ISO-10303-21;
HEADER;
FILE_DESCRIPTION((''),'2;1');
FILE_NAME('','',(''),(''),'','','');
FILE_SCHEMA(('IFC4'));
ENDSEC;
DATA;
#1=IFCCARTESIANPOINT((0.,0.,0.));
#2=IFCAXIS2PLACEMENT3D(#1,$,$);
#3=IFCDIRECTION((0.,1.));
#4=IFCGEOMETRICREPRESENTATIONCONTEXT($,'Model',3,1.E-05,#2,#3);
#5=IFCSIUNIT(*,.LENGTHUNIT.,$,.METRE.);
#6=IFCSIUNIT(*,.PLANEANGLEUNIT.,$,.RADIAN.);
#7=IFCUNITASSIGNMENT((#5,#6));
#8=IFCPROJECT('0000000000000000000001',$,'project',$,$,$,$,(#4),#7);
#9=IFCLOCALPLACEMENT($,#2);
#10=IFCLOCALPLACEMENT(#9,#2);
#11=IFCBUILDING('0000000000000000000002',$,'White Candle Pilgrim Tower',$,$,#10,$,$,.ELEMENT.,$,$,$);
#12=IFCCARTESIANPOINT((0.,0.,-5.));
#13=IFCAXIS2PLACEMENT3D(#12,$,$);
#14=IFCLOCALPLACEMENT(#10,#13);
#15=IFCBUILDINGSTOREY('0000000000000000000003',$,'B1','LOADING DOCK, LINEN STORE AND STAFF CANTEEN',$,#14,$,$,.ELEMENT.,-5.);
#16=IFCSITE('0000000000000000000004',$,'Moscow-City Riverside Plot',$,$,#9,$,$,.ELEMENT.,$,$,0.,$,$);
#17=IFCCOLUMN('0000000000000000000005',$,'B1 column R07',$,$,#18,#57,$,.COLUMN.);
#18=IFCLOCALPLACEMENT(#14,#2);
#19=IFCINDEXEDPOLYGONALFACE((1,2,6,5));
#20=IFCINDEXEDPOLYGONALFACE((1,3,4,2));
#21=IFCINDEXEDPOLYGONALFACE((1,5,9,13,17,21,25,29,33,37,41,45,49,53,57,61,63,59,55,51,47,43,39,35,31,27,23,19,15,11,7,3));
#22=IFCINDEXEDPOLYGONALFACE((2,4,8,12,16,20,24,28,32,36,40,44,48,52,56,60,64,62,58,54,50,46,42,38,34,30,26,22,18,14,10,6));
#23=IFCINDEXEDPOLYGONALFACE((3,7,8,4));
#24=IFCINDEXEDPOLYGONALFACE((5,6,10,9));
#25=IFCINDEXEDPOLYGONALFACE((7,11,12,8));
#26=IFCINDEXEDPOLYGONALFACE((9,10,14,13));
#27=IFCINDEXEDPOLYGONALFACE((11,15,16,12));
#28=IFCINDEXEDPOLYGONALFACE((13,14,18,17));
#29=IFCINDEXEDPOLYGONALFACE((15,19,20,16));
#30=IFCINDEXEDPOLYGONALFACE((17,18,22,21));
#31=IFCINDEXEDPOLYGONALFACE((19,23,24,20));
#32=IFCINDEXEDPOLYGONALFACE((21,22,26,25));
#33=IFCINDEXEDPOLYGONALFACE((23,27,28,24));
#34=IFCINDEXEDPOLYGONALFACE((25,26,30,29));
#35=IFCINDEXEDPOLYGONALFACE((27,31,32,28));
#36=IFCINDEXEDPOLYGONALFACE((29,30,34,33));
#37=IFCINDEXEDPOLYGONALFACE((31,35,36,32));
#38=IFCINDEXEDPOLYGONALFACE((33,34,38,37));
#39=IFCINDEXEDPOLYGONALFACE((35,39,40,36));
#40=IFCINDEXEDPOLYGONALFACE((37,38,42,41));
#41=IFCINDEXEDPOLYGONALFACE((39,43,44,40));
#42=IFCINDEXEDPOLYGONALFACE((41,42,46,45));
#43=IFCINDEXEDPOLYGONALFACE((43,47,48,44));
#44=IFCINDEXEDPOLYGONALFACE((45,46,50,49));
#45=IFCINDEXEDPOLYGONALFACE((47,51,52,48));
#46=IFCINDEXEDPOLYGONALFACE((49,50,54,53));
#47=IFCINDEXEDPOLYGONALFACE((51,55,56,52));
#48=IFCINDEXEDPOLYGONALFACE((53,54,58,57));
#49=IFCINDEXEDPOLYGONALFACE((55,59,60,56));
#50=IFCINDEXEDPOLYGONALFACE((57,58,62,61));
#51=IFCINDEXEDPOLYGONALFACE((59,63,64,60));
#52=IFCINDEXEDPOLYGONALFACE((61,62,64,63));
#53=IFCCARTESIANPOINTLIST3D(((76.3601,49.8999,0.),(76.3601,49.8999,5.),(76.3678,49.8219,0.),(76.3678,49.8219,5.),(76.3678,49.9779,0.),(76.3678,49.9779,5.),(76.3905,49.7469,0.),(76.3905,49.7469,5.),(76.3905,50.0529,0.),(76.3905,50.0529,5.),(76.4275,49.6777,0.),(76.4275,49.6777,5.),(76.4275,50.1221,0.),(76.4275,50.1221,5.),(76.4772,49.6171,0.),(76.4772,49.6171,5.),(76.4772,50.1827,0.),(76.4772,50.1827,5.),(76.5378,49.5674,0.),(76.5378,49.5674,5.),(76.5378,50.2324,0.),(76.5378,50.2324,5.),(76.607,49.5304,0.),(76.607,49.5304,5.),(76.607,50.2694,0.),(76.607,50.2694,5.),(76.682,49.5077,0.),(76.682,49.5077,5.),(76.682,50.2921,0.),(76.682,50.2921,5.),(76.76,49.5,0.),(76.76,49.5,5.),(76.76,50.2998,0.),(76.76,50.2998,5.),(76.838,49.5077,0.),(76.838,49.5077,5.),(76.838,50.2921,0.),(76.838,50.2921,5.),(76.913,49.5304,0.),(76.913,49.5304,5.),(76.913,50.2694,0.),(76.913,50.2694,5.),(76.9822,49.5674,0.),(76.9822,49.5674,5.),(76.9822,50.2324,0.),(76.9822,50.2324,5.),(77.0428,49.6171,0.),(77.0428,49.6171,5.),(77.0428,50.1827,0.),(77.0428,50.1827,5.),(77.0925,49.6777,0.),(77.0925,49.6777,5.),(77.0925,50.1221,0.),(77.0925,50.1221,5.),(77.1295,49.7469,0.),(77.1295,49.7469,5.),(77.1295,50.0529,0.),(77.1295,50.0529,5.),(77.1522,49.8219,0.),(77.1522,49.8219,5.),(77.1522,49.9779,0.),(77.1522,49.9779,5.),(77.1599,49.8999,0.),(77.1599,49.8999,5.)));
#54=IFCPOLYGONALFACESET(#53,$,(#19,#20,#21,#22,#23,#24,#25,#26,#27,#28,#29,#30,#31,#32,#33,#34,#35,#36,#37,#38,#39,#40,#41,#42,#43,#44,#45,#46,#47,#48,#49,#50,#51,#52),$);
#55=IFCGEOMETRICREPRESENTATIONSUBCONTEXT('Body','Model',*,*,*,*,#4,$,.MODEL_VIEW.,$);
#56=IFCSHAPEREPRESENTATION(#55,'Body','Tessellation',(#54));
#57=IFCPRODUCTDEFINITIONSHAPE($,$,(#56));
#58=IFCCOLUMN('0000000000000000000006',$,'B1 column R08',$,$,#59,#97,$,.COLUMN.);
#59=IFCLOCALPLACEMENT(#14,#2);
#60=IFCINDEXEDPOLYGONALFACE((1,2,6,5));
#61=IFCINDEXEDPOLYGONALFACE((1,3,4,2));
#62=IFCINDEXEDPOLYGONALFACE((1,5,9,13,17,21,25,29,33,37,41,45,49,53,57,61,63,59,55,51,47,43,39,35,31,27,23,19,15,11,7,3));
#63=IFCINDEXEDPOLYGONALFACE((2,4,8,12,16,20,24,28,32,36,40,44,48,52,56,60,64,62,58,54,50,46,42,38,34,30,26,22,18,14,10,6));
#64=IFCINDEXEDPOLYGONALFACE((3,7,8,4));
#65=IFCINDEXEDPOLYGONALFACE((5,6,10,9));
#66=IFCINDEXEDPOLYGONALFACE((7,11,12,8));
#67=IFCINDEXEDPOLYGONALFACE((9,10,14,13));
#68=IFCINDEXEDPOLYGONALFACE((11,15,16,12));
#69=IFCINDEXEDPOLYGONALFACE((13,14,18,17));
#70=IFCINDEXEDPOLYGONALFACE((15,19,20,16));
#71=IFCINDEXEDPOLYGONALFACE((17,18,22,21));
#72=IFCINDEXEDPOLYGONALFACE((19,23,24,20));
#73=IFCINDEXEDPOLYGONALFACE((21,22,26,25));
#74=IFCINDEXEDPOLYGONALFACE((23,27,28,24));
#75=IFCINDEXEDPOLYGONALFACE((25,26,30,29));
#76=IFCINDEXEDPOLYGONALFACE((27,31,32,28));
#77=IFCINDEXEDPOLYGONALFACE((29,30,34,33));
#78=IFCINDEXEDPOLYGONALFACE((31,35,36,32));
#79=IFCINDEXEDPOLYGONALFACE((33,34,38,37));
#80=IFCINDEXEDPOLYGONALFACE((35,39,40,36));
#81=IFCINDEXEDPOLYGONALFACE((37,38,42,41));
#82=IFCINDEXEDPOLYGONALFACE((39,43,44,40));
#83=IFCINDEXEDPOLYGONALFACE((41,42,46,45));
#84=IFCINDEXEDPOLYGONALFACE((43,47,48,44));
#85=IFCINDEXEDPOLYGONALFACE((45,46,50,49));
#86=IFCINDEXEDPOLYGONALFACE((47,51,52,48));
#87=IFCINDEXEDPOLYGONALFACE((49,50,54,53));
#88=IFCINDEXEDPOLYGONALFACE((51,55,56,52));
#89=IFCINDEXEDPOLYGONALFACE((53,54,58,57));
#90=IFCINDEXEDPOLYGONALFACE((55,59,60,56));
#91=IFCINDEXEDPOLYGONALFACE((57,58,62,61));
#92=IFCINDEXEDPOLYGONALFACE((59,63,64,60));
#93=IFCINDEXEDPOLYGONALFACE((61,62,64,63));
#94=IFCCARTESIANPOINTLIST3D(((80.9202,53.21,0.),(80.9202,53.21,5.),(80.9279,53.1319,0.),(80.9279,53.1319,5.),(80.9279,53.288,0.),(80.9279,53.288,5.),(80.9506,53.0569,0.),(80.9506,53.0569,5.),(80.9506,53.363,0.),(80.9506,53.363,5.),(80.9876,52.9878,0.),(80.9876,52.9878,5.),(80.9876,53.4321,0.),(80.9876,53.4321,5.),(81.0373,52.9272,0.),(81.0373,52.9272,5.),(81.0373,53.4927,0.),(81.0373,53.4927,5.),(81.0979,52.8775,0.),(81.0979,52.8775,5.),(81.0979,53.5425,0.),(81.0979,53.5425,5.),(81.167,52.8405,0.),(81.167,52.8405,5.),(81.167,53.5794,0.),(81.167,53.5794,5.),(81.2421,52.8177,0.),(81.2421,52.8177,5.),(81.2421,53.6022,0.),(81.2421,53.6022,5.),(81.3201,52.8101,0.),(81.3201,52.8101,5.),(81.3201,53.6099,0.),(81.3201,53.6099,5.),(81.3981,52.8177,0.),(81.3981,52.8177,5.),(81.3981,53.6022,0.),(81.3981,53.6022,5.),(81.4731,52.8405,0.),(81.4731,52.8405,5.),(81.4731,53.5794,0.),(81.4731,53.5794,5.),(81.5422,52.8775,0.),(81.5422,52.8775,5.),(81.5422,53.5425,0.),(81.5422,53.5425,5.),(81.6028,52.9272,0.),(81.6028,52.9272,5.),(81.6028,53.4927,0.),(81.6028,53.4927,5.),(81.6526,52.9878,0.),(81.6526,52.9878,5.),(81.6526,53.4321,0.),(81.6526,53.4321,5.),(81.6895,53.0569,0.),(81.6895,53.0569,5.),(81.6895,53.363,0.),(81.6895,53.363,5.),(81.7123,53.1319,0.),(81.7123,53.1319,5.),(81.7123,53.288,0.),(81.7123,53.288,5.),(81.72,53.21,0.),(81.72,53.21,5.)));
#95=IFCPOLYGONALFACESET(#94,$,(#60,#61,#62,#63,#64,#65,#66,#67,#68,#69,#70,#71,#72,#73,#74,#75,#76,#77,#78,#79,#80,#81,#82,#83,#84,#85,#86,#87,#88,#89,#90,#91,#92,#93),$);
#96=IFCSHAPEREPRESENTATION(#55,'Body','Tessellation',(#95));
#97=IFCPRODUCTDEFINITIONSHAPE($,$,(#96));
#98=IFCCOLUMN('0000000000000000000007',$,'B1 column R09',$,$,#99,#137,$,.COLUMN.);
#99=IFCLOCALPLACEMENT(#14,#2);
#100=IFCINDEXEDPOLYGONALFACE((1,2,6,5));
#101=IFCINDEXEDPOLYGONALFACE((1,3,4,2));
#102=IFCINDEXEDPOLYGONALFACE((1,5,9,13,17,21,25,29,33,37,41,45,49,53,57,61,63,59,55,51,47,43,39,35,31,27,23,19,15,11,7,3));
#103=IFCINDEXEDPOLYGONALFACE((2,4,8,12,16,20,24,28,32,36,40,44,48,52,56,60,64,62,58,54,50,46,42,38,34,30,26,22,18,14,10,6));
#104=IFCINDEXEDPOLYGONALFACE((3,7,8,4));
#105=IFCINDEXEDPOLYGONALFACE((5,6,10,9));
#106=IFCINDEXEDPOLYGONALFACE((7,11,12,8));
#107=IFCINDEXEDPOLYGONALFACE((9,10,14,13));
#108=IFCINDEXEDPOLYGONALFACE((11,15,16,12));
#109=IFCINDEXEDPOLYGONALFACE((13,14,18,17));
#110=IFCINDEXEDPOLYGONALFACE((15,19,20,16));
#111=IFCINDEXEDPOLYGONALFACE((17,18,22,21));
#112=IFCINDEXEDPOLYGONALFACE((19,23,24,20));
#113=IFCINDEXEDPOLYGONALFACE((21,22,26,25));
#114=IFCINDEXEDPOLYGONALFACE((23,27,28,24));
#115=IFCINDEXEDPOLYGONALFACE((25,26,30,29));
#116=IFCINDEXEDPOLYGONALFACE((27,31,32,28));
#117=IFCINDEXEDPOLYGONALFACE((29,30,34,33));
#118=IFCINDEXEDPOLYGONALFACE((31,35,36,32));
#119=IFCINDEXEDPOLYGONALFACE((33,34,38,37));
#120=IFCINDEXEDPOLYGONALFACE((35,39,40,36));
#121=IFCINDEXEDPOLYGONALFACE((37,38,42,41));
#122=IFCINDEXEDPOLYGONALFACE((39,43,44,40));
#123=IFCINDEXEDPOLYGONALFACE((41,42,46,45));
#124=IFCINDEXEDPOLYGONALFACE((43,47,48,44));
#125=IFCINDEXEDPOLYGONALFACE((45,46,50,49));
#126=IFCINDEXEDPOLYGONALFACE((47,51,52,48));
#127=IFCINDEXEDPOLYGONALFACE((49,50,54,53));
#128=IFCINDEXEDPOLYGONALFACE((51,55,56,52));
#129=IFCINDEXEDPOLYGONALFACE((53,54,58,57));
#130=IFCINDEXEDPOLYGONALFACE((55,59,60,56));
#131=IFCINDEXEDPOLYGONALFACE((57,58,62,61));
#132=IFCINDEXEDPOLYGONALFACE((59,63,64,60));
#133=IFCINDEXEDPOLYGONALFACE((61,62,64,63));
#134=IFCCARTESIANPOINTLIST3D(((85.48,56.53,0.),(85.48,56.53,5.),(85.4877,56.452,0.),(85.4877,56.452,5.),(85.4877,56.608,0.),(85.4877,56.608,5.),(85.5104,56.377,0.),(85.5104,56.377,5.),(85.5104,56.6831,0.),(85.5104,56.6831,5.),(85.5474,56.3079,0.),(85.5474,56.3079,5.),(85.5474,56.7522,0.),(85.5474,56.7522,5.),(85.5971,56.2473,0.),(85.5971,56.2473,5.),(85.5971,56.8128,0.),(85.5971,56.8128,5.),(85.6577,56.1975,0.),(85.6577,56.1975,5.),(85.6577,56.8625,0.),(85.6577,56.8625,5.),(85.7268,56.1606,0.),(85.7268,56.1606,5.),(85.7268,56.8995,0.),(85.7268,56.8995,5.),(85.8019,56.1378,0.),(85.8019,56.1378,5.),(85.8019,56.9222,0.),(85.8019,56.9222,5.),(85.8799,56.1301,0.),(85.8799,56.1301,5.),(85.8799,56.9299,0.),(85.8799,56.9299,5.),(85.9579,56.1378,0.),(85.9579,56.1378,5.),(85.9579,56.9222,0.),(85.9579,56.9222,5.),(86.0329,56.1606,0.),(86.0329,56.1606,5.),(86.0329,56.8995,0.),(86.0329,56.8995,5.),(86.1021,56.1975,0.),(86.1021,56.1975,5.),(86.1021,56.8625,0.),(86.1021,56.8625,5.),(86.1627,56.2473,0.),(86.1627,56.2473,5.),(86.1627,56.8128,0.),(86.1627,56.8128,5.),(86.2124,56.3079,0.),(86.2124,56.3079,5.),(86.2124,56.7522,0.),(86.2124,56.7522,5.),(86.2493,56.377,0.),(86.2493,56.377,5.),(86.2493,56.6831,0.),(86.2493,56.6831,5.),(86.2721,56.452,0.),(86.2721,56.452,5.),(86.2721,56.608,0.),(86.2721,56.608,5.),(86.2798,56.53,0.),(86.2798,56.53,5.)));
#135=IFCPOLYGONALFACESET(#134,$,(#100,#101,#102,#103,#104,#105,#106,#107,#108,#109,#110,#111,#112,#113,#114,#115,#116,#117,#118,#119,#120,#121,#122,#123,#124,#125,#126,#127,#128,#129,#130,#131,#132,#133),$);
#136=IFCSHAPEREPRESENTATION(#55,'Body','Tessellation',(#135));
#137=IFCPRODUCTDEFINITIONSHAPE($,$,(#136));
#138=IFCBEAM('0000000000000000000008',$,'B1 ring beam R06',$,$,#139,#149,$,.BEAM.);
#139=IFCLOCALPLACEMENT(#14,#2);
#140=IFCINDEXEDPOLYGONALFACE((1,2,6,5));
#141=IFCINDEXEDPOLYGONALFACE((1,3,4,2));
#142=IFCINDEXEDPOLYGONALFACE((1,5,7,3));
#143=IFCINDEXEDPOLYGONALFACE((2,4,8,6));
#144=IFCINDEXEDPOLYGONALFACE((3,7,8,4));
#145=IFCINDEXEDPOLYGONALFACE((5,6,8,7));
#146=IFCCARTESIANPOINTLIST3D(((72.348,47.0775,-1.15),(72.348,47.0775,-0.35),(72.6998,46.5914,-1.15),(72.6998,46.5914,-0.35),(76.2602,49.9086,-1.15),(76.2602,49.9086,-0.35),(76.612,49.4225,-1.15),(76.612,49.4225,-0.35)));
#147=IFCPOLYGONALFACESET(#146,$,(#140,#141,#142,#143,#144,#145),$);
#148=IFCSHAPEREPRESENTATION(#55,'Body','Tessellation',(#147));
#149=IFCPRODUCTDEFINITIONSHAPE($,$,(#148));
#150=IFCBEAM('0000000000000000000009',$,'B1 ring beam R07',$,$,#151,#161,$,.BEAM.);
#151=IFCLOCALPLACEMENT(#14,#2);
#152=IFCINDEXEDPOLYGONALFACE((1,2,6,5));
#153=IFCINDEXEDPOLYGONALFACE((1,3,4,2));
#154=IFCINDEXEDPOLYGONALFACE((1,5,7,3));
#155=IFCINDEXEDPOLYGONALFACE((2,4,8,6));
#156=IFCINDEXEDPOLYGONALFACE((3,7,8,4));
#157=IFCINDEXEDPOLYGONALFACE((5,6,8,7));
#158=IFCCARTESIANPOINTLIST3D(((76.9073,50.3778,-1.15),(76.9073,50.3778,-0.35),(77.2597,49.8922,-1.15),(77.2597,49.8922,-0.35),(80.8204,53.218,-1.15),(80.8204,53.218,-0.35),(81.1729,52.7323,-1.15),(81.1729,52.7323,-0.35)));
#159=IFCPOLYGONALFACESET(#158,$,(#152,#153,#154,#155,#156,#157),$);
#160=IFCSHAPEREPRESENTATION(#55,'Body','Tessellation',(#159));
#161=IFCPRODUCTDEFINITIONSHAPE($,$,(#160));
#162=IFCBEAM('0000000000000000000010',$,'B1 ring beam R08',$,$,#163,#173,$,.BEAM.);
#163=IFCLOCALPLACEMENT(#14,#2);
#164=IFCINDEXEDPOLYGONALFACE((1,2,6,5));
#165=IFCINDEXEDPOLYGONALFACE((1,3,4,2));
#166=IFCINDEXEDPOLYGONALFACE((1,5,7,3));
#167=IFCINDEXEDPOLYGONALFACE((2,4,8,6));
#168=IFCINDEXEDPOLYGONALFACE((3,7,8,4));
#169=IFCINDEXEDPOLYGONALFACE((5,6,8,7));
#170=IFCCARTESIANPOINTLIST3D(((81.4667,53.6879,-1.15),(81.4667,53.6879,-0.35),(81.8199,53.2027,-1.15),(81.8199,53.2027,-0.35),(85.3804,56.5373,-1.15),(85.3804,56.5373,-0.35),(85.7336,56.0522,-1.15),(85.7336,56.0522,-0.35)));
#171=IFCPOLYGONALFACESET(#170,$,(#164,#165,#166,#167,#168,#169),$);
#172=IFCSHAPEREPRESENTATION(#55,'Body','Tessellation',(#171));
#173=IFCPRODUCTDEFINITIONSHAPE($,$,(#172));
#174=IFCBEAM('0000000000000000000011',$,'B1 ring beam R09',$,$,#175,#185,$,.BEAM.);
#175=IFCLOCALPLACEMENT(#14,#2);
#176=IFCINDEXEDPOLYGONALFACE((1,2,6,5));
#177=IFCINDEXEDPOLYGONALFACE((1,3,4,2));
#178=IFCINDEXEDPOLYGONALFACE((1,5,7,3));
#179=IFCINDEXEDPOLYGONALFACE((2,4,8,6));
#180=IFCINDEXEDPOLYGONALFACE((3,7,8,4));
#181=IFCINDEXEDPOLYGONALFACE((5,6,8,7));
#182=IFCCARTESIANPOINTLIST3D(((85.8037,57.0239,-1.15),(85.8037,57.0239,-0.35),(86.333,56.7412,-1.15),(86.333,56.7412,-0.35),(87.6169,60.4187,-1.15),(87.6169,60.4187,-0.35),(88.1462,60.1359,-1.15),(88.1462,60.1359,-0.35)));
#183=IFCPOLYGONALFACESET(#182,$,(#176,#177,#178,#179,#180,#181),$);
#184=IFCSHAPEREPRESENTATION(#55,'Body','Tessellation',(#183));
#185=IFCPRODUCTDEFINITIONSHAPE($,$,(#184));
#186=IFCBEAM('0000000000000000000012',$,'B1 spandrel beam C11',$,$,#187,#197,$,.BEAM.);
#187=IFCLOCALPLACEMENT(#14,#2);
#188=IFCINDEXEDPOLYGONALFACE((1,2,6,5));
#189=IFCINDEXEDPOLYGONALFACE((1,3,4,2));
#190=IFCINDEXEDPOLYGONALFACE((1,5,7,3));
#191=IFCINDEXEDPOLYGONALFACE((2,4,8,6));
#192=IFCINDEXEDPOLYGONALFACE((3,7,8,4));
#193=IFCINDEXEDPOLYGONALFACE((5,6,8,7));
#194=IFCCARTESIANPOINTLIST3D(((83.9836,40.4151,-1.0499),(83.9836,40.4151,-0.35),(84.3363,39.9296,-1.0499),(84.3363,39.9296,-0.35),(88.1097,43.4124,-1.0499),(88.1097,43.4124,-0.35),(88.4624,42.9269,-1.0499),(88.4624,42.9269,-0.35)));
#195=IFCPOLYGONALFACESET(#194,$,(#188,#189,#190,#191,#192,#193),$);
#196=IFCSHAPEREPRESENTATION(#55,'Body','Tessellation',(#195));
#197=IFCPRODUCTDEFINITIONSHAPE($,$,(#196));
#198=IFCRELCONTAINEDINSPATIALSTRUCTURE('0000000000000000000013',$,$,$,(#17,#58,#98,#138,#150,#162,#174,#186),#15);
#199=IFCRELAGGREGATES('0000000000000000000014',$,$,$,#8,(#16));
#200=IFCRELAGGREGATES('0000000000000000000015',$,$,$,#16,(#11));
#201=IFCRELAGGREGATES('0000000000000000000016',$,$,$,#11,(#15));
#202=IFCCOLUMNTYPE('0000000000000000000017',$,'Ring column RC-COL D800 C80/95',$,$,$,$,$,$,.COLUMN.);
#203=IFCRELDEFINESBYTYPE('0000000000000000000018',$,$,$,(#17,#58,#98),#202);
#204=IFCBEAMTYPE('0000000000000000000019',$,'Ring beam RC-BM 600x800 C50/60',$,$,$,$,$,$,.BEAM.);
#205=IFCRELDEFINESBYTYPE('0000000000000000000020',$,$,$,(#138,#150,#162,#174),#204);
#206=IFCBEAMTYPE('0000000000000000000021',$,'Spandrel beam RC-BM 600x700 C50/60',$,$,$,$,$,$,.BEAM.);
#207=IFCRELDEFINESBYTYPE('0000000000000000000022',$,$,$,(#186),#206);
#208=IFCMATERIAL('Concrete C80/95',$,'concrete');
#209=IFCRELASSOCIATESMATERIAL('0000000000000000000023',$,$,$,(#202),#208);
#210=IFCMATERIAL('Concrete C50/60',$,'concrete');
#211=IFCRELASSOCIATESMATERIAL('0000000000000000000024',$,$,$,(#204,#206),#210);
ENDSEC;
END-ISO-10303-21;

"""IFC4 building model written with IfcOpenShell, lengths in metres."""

from ifc_helpers import new_model, si_unit, direction, frame, origin, origin_2d, place, context, subcontext, project, spatial, rectangle, circle, extrude, material, material_profile, profile_set, type_object, element, save


model = new_model("IFC4")

# Units and contexts
model_context = context("Model", 3, precision=1e-05, world=origin(), true_north=direction((0.0, 1.0)))
body_context = subcontext(model_context, "Body", "Model", "MODEL_VIEW")
ifc_project = project(units=[si_unit("LENGTHUNIT", "METRE"), si_unit("PLANEANGLEUNIT", "RADIAN")], contexts=[model_context])

# Site, building, storey
site_placement = place(None, origin())
site = spatial("IfcSite", under=ifc_project, at=site_placement, Name="Moscow-City Riverside Plot", CompositionType="ELEMENT", RefElevation=0.0)
building_placement = place(site_placement, origin())
building = spatial("IfcBuilding", under=site, at=building_placement, Name="White Candle Pilgrim Tower", CompositionType="ELEMENT")
storey_placement = place(building_placement, frame((0.0, 0.0, -5.0)))
storey = spatial("IfcBuildingStorey", under=building, at=storey_placement, Name="B1", Description="LOADING DOCK, LINEN STORE AND STAFF CANTEEN", CompositionType="ELEMENT", Elevation=-5.0)

# Columns
ifc_material_1 = material(Name="Concrete C80/95", Category="concrete")
ifc_material_profile_1 = material_profile(ifc_material_1, circle(Radius=0.3999, at=origin_2d()), Name="RC-COL D800")
ifc_profile_set_1 = profile_set([ifc_material_profile_1], Name="Concrete C80/95")
column_type_1 = type_object("IfcColumnType", Name="Ring column RC-COL D800 C80/95", PredefinedType="COLUMN", material=ifc_profile_set_1)
for number, where, z_axis, x_axis, name in (
    (1, (76.76, 49.8999, 0.0), (0.0, 0.0, 1.0), (1.0, 0.0, 0.0), "B1 column R07"),
    (2, (81.3201, 53.21, 0.0), (0.0, 0.0, 1.0), (1.0, 0.0, 0.0), "B1 column R08"),
    (3, (85.8799, 56.53, 0.0), (0.0, 0.0, 1.0), (1.0, 0.0, 0.0), "B1 column R09"),
):
    element("IfcColumn", number, at=place(storey_placement, frame(where, z_axis=z_axis, x_axis=x_axis)), inside=storey, type_object=column_type_1, Name=name, PredefinedType="COLUMN", context=body_context, shape_type="SweptSolid", body=[
        extrude(circle(Radius=0.3999, at=origin_2d()), origin(), (0.0, 0.0, 1.0), 5.0),
    ])

# Beams
ifc_material_2 = material(Name="Concrete C50/60", Category="concrete")
ifc_material_profile_2 = material_profile(ifc_material_2, rectangle(XDim=0.6001, YDim=0.8, at=origin_2d()), Name="RC-BM 600x800")
ifc_profile_set_2 = profile_set([ifc_material_profile_2], Name="Concrete C50/60")
beam_type_1 = type_object("IfcBeamType", Name="Ring beam RC-BM 600x800 C50/60", PredefinedType="BEAM", material=ifc_profile_set_2)
beam_1_placement = place(storey_placement, frame((72.5239, 46.8345, -0.75), z_axis=(0.810124, 0.586258, 0.0), x_axis=(-0.586258, 0.810124, 0.0)))
element("IfcBeam", 4, at=beam_1_placement, inside=storey, type_object=beam_type_1, Name="B1 ring beam R06", PredefinedType="BEAM", context=body_context, shape_type="SweptSolid", body=[
    extrude(rectangle(XDim=0.6001, YDim=0.8, at=origin_2d()), origin(), (0.0, 0.0, 1.0), 4.8291),
])
beam_2_placement = place(storey_placement, frame((77.0835, 50.135, -0.75), z_axis=(0.809306, 0.587388, 0.0), x_axis=(-0.587388, 0.809306, 0.0)))
element("IfcBeam", 5, at=beam_2_placement, inside=storey, type_object=beam_type_1, Name="B1 ring beam R07", PredefinedType="BEAM", context=body_context, shape_type="SweptSolid", body=[
    extrude(rectangle(XDim=0.6001, YDim=0.8, at=origin_2d()), origin(), (0.0, 0.0, 1.0), 4.8352),
])
beam_3_placement = place(storey_placement, frame((81.6433, 53.4453, -0.75), z_axis=(0.808428, 0.588594, 0.0), x_axis=(-0.588594, 0.808428, 0.0)))
element("IfcBeam", 6, at=beam_3_placement, inside=storey, type_object=beam_type_1, Name="B1 ring beam R08", PredefinedType="BEAM", context=body_context, shape_type="SweptSolid", body=[
    extrude(rectangle(XDim=0.6001, YDim=0.8, at=origin_2d()), origin(), (0.0, 0.0, 1.0), 4.8411),
])
beam_4_placement = place(storey_placement, frame((86.0684, 56.8826, -0.75), z_axis=(0.471131, 0.882063, 0.0), x_axis=(-0.882063, 0.471131, 0.0)))
element("IfcBeam", 7, at=beam_4_placement, inside=storey, type_object=beam_type_1, Name="B1 ring beam R09", PredefinedType="BEAM", context=body_context, shape_type="SweptSolid", body=[
    extrude(rectangle(XDim=0.6001, YDim=0.8, at=origin_2d()), origin(), (0.0, 0.0, 1.0), 3.8486),
])
ifc_material_profile_3 = material_profile(ifc_material_2, rectangle(XDim=0.6001, YDim=0.7, at=origin_2d()), Name="RC-BM 600x700")
ifc_profile_set_3 = profile_set([ifc_material_profile_3], Name="Concrete C50/60")
beam_type_2 = type_object("IfcBeamType", Name="Spandrel beam RC-BM 600x700 C50/60", PredefinedType="BEAM", material=ifc_profile_set_3)
beam_5_placement = place(storey_placement, frame((84.1599, 40.1724, -0.7), z_axis=(0.809069, 0.587713, 0.0), x_axis=(-0.587713, 0.809069, 0.0)))
element("IfcBeam", 8, at=beam_5_placement, inside=storey, type_object=beam_type_2, Name="B1 spandrel beam C11", PredefinedType="BEAM", context=body_context, shape_type="SweptSolid", body=[
    extrude(rectangle(XDim=0.6001, YDim=0.7, at=origin_2d()), origin(), (0.0, 0.0, 1.0), 5.0999),
])

save(model, "model.ifc")
